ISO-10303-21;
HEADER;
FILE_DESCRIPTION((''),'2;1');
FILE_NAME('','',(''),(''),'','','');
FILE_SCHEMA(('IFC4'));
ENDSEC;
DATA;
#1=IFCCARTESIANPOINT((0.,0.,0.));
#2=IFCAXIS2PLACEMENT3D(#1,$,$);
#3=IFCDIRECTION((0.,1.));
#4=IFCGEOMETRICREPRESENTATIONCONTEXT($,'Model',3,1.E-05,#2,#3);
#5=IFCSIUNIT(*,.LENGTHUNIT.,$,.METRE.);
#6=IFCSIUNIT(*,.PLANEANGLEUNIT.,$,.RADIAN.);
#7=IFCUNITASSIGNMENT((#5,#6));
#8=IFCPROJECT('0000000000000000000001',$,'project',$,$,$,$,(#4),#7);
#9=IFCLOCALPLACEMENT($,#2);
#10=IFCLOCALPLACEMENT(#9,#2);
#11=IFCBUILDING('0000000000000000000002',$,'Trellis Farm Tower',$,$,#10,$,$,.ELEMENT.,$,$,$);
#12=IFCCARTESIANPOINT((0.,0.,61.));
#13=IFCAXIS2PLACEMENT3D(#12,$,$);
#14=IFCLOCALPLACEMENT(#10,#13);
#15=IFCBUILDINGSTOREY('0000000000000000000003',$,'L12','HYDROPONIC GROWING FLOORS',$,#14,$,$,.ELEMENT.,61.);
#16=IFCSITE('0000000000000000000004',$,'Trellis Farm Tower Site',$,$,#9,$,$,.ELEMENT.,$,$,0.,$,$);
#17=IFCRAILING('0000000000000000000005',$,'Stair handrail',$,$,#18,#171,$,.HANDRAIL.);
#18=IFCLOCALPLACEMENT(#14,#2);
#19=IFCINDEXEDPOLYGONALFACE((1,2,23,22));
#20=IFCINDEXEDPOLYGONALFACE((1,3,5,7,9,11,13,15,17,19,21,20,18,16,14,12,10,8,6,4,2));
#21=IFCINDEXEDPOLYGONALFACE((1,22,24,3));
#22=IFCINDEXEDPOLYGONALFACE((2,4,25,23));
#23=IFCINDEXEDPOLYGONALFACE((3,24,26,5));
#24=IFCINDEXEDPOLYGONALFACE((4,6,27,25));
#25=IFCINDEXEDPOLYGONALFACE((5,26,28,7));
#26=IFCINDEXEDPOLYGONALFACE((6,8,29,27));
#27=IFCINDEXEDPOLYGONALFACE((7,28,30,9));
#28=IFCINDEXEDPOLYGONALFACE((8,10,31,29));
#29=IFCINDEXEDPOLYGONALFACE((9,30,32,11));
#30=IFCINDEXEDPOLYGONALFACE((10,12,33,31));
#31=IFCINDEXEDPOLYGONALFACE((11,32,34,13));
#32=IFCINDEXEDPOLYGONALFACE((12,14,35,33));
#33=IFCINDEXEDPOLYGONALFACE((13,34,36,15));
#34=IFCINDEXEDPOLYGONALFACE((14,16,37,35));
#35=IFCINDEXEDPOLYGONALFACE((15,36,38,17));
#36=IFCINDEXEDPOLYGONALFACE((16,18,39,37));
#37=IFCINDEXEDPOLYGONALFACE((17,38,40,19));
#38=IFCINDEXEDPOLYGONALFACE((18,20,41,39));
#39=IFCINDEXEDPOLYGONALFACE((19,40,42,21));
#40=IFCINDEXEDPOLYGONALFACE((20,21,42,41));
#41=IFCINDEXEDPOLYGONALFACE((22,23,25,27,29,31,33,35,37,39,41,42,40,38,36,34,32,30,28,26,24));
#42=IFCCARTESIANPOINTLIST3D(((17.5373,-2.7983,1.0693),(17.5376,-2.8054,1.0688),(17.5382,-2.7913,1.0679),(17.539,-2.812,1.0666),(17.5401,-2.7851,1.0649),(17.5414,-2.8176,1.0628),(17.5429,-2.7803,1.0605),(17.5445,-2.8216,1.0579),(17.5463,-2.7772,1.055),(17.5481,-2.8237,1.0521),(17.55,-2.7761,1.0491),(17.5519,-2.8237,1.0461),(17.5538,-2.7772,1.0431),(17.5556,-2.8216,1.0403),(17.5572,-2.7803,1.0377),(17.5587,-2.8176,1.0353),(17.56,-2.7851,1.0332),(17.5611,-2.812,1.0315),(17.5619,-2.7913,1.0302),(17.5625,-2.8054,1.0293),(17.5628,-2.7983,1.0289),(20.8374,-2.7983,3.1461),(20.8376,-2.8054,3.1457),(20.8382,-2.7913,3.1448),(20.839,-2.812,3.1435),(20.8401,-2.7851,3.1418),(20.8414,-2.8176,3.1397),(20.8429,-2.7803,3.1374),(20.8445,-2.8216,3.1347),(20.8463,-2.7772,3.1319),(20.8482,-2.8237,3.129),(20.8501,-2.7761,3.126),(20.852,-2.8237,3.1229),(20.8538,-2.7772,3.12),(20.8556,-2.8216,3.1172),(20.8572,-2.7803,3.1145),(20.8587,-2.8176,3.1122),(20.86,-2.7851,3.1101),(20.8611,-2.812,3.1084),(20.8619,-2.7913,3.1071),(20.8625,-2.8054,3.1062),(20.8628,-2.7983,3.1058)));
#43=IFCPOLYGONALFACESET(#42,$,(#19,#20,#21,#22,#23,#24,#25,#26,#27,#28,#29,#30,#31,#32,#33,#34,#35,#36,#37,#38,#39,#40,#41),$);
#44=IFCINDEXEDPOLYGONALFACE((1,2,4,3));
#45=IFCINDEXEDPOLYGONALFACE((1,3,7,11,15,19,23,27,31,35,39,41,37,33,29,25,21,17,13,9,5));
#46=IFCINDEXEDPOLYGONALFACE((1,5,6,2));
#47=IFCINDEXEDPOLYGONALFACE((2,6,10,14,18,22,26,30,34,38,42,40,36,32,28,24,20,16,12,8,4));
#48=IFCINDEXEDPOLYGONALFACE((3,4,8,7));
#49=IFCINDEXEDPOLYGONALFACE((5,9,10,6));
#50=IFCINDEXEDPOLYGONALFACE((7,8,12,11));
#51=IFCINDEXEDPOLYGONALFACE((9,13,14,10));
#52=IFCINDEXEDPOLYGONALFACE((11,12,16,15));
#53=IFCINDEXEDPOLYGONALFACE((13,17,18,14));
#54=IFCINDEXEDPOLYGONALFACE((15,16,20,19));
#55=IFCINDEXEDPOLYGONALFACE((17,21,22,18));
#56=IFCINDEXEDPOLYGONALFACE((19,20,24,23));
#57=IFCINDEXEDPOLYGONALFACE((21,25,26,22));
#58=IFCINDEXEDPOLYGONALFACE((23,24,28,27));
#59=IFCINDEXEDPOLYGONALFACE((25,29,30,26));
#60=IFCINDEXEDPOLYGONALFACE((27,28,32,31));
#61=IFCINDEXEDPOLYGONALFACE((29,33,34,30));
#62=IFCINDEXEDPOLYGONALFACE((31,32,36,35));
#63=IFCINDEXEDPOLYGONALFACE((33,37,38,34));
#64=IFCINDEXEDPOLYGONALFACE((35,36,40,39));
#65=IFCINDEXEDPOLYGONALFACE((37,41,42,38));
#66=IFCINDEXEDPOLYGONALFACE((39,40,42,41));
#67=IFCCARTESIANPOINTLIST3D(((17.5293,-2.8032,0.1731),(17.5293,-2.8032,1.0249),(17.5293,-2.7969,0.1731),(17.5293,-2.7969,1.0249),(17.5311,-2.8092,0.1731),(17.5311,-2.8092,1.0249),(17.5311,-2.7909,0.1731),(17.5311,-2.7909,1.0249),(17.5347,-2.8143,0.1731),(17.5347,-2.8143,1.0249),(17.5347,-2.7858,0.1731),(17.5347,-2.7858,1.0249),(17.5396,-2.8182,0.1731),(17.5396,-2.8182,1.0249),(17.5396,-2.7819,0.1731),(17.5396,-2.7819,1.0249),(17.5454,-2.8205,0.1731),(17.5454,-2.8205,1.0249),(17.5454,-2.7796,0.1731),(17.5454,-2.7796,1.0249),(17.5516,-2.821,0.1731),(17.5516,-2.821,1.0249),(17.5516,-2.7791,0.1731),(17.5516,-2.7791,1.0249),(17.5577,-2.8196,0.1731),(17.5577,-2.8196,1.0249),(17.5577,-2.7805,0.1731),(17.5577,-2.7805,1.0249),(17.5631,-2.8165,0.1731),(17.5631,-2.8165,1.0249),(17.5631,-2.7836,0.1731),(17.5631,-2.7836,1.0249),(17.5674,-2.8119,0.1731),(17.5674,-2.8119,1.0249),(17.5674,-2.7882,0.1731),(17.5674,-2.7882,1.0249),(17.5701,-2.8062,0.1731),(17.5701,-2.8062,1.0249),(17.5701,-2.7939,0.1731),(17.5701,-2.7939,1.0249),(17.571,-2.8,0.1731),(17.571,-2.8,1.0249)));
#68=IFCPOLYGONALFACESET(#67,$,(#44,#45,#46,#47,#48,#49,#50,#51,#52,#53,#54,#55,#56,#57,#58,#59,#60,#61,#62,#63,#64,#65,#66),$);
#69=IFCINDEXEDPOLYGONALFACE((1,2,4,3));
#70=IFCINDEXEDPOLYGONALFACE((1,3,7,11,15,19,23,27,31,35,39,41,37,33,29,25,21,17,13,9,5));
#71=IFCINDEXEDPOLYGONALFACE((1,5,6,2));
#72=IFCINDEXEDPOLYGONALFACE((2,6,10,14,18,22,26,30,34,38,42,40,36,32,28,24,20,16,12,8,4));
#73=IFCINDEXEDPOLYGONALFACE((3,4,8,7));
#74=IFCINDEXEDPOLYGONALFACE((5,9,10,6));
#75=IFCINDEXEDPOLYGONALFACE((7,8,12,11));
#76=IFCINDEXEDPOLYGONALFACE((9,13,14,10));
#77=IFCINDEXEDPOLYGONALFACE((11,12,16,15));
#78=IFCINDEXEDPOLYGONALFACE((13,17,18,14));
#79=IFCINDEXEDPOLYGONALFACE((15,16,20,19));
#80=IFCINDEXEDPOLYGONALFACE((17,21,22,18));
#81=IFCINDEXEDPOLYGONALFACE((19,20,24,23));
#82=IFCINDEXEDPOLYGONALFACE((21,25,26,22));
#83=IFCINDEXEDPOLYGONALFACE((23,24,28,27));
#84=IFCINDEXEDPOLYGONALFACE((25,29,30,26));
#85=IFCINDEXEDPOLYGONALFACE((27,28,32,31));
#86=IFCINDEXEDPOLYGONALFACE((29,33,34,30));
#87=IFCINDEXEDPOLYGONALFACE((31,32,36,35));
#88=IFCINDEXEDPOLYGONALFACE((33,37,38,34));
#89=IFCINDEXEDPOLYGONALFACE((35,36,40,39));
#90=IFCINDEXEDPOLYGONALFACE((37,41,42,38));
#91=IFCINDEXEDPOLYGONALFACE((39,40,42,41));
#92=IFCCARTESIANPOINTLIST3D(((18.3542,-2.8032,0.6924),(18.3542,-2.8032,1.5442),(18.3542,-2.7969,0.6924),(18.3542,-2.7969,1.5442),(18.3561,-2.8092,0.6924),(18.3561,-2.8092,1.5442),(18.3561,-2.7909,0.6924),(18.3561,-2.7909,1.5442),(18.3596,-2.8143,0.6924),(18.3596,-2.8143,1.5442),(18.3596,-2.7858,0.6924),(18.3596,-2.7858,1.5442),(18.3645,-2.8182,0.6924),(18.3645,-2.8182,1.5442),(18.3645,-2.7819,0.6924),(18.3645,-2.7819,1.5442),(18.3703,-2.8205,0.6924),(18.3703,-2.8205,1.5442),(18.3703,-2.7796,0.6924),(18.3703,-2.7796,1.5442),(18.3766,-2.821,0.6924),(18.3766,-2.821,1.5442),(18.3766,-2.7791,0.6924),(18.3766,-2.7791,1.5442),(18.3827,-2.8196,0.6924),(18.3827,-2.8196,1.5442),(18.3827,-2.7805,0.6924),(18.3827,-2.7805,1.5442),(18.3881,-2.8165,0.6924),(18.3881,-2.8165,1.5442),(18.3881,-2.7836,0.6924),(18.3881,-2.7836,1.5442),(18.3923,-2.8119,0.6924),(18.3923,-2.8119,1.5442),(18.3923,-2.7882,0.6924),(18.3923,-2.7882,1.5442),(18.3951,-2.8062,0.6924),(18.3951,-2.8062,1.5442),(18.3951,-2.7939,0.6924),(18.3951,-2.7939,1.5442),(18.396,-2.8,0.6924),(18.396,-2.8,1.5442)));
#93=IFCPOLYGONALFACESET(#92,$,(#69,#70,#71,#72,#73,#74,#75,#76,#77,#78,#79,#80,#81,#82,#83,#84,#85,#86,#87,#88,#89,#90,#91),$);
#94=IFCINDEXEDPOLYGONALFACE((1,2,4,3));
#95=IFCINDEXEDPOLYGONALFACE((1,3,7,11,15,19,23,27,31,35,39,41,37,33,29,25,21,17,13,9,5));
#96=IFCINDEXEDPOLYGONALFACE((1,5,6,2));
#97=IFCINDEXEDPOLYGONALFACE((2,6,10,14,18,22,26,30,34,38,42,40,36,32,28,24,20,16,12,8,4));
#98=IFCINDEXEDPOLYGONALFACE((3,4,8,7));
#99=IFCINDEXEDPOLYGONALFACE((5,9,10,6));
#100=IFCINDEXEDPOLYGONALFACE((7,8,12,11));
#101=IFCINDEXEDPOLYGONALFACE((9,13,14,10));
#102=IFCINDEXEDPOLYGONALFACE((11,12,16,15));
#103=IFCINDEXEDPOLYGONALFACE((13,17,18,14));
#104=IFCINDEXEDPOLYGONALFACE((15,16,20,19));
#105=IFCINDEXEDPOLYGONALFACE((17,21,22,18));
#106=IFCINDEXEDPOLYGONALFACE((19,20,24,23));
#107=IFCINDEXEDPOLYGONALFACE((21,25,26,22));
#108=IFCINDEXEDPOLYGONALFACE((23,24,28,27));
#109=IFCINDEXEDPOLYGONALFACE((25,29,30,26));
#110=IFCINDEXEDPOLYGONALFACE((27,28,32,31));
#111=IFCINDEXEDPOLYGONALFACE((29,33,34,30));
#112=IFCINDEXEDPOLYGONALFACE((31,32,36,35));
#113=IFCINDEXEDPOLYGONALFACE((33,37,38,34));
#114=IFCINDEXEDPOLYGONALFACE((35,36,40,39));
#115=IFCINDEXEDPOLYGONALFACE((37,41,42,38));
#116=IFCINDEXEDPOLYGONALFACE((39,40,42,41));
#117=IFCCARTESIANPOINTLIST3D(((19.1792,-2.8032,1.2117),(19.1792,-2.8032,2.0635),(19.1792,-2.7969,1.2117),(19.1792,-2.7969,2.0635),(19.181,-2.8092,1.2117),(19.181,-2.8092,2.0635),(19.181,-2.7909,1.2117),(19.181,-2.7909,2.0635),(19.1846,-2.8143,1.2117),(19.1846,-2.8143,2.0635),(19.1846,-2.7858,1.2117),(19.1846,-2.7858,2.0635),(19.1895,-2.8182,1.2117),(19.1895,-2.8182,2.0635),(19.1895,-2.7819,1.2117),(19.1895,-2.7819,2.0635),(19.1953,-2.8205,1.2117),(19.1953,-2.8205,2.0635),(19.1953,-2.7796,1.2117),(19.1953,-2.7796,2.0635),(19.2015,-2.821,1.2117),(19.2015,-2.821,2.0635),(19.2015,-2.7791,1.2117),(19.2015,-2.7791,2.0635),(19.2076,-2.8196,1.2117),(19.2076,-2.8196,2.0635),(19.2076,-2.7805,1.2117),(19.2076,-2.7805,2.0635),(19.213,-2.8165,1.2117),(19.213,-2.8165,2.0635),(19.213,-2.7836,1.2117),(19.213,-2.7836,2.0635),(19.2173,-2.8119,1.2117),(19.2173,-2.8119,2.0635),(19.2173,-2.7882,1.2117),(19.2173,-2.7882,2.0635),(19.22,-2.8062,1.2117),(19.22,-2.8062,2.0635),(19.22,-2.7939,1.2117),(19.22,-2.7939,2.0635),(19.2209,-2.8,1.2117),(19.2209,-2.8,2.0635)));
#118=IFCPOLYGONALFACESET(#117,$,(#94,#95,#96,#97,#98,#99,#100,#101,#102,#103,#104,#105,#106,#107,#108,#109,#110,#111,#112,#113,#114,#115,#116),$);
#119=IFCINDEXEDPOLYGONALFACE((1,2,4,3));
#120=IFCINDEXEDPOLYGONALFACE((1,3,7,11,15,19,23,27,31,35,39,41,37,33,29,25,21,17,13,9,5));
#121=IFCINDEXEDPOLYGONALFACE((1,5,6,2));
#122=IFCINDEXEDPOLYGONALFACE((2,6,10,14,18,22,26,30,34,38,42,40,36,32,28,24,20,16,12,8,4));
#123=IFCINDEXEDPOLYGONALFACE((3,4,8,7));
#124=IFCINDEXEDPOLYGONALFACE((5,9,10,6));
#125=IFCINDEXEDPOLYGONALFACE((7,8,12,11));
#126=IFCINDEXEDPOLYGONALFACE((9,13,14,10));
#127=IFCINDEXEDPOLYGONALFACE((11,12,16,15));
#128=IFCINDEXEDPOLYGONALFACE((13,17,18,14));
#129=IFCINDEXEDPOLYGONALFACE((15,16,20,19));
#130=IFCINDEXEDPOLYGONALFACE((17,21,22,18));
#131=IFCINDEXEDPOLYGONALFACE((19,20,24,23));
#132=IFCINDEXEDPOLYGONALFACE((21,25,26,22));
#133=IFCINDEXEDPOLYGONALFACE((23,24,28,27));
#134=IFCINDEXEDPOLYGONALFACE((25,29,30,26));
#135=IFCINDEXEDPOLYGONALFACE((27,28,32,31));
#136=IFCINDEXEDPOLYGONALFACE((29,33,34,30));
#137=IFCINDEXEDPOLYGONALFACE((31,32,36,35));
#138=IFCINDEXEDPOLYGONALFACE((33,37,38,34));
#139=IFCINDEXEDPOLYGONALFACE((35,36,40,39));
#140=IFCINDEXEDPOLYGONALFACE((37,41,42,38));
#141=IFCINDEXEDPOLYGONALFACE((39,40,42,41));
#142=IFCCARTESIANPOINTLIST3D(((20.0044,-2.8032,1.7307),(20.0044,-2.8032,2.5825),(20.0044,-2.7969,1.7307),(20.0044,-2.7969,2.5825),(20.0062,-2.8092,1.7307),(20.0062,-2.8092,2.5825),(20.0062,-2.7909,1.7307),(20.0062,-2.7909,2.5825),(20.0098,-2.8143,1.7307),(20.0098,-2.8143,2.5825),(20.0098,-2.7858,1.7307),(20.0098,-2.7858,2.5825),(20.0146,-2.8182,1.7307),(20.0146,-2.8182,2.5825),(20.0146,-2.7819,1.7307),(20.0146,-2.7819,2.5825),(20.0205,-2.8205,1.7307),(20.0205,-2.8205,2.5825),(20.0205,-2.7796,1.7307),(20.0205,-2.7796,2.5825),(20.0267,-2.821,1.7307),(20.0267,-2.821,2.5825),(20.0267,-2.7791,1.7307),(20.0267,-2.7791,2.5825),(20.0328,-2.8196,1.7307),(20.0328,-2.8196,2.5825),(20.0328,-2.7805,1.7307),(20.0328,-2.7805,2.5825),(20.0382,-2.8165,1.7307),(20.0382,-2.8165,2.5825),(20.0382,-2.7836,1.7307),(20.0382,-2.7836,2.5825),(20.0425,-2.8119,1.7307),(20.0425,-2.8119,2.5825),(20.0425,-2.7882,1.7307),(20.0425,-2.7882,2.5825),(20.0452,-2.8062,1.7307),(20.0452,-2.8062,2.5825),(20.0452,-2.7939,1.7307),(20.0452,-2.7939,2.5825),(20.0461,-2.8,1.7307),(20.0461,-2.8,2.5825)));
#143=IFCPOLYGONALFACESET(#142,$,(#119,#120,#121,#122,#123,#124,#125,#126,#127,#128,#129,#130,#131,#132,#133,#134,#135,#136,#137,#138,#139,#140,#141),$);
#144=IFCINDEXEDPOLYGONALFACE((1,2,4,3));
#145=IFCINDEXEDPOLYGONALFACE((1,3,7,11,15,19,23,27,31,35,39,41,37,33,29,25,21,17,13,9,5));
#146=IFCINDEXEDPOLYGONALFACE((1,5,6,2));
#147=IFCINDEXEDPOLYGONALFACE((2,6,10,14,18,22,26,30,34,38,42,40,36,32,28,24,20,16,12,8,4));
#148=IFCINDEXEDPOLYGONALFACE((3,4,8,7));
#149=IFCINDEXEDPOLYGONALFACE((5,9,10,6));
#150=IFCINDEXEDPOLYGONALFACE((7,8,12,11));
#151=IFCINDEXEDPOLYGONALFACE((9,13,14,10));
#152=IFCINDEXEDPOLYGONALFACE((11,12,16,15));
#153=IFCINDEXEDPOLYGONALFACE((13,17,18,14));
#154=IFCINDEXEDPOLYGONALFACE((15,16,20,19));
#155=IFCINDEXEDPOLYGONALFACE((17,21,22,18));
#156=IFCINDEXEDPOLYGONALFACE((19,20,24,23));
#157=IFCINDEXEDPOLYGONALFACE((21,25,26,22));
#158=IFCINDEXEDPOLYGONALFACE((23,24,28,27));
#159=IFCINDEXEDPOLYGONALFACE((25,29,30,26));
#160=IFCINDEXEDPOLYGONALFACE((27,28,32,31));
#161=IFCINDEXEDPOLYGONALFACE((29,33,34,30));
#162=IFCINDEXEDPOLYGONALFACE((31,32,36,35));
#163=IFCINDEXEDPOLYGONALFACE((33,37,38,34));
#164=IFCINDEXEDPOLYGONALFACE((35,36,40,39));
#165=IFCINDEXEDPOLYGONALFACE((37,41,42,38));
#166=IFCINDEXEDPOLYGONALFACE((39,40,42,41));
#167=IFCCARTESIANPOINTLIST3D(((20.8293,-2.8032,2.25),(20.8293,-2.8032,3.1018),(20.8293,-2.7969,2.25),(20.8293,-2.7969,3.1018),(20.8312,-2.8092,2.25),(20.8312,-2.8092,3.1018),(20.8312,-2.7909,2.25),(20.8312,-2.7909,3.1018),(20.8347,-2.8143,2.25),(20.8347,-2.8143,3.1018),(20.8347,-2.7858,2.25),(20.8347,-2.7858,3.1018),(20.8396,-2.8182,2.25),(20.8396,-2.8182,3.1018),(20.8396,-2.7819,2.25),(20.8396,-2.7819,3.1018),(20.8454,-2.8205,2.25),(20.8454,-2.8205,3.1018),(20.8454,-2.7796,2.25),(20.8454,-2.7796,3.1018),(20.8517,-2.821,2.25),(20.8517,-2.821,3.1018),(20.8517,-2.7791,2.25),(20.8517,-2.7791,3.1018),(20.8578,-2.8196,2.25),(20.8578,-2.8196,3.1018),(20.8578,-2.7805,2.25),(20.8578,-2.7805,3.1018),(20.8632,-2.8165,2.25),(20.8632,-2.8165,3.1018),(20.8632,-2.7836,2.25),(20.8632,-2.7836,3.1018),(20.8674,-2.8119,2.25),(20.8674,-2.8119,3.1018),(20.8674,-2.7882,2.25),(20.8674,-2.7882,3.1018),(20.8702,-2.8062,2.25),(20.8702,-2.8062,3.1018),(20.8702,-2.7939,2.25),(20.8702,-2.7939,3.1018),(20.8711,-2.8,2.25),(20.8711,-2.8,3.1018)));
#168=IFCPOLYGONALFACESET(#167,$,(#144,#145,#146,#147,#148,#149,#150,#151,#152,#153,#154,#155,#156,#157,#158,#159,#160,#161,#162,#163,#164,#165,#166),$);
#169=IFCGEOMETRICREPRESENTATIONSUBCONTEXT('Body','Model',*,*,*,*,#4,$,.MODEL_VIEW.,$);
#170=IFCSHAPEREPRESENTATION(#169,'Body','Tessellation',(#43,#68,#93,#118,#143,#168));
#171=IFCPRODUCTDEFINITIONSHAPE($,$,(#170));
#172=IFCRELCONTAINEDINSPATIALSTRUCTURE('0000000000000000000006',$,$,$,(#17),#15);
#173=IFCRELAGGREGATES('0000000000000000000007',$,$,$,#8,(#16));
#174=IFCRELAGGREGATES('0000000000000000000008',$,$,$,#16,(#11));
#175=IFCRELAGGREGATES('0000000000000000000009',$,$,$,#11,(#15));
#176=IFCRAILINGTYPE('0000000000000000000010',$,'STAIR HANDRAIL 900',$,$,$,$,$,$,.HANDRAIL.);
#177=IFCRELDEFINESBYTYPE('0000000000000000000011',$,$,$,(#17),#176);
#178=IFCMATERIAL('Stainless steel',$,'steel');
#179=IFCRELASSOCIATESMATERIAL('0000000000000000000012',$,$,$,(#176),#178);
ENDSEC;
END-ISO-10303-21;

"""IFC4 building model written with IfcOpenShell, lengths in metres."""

from ifc_helpers import new_model, si_unit, direction, frame, origin, origin_2d, place, context, subcontext, project, spatial, circle, extrude, source, transform, mapped, material, type_object, element, save


model = new_model("IFC4")

# Units and contexts
model_context = context("Model", 3, precision=1e-05, world=origin(), true_north=direction((0.0, 1.0)))
body_context = subcontext(model_context, "Body", "Model", "MODEL_VIEW")
ifc_project = project(units=[si_unit("LENGTHUNIT", "METRE"), si_unit("PLANEANGLEUNIT", "RADIAN")], contexts=[model_context])

# Site, building, storey
site_placement = place(None, origin())
site = spatial("IfcSite", under=ifc_project, at=site_placement, Name="Trellis Farm Tower Site", CompositionType="ELEMENT", RefElevation=0.0)
building_placement = place(site_placement, origin())
building = spatial("IfcBuilding", under=site, at=building_placement, Name="Trellis Farm Tower", CompositionType="ELEMENT")
storey_placement = place(building_placement, frame((0.0, 0.0, 61.0)))
storey = spatial("IfcBuildingStorey", under=building, at=storey_placement, Name="L12", Description="HYDROPONIC GROWING FLOORS", CompositionType="ELEMENT", Elevation=61.0)

# Shared definitions
ifc_material_1 = material(Name="Stainless steel", Category="steel")

# Railing
railing_type = type_object("IfcRailingType", Name="STAIR HANDRAIL 900", PredefinedType="HANDRAIL", material=ifc_material_1)
shared_shape_1 = source(origin(), body_context, "Body", "SweptSolid", [
    extrude(circle(Radius=0.0239, at=origin_2d()), frame((0.0, 0.0, 0.876), z_axis=(0.846337, 0.0, 0.532647), x_axis=(0.0, 1.0, 0.0)), (0.0, 0.0, 1.0), 3.8992),
    extrude(circle(Radius=0.021, at=origin_2d()), origin(), (0.0, 0.0, 1.0), 0.8518),
    extrude(circle(Radius=0.021, at=origin_2d()), frame((0.825, 0.0, 0.5193)), (0.0, 0.0, 1.0), 0.8518),
    extrude(circle(Radius=0.021, at=origin_2d()), frame((1.6499, 0.0, 1.0386)), (0.0, 0.0, 1.0), 0.8518),
    extrude(circle(Radius=0.021, at=origin_2d()), frame((2.4751, 0.0, 1.5576)), (0.0, 0.0, 1.0), 0.8518),
    extrude(circle(Radius=0.021, at=origin_2d()), frame((3.3, 0.0, 2.0769)), (0.0, 0.0, 1.0), 0.8518),
])
railing_placement = place(storey_placement, frame((17.55, -2.8, 0.1731)))
element("IfcRailing", 1, at=railing_placement, inside=storey, type_object=railing_type, Name="Stair handrail", PredefinedType="HANDRAIL", context=body_context, shape_type="MappedRepresentation", body=[
    mapped(shared_shape_1, transform((0.0, 0.0, 0.0))),
])

save(model, "model.ifc")
